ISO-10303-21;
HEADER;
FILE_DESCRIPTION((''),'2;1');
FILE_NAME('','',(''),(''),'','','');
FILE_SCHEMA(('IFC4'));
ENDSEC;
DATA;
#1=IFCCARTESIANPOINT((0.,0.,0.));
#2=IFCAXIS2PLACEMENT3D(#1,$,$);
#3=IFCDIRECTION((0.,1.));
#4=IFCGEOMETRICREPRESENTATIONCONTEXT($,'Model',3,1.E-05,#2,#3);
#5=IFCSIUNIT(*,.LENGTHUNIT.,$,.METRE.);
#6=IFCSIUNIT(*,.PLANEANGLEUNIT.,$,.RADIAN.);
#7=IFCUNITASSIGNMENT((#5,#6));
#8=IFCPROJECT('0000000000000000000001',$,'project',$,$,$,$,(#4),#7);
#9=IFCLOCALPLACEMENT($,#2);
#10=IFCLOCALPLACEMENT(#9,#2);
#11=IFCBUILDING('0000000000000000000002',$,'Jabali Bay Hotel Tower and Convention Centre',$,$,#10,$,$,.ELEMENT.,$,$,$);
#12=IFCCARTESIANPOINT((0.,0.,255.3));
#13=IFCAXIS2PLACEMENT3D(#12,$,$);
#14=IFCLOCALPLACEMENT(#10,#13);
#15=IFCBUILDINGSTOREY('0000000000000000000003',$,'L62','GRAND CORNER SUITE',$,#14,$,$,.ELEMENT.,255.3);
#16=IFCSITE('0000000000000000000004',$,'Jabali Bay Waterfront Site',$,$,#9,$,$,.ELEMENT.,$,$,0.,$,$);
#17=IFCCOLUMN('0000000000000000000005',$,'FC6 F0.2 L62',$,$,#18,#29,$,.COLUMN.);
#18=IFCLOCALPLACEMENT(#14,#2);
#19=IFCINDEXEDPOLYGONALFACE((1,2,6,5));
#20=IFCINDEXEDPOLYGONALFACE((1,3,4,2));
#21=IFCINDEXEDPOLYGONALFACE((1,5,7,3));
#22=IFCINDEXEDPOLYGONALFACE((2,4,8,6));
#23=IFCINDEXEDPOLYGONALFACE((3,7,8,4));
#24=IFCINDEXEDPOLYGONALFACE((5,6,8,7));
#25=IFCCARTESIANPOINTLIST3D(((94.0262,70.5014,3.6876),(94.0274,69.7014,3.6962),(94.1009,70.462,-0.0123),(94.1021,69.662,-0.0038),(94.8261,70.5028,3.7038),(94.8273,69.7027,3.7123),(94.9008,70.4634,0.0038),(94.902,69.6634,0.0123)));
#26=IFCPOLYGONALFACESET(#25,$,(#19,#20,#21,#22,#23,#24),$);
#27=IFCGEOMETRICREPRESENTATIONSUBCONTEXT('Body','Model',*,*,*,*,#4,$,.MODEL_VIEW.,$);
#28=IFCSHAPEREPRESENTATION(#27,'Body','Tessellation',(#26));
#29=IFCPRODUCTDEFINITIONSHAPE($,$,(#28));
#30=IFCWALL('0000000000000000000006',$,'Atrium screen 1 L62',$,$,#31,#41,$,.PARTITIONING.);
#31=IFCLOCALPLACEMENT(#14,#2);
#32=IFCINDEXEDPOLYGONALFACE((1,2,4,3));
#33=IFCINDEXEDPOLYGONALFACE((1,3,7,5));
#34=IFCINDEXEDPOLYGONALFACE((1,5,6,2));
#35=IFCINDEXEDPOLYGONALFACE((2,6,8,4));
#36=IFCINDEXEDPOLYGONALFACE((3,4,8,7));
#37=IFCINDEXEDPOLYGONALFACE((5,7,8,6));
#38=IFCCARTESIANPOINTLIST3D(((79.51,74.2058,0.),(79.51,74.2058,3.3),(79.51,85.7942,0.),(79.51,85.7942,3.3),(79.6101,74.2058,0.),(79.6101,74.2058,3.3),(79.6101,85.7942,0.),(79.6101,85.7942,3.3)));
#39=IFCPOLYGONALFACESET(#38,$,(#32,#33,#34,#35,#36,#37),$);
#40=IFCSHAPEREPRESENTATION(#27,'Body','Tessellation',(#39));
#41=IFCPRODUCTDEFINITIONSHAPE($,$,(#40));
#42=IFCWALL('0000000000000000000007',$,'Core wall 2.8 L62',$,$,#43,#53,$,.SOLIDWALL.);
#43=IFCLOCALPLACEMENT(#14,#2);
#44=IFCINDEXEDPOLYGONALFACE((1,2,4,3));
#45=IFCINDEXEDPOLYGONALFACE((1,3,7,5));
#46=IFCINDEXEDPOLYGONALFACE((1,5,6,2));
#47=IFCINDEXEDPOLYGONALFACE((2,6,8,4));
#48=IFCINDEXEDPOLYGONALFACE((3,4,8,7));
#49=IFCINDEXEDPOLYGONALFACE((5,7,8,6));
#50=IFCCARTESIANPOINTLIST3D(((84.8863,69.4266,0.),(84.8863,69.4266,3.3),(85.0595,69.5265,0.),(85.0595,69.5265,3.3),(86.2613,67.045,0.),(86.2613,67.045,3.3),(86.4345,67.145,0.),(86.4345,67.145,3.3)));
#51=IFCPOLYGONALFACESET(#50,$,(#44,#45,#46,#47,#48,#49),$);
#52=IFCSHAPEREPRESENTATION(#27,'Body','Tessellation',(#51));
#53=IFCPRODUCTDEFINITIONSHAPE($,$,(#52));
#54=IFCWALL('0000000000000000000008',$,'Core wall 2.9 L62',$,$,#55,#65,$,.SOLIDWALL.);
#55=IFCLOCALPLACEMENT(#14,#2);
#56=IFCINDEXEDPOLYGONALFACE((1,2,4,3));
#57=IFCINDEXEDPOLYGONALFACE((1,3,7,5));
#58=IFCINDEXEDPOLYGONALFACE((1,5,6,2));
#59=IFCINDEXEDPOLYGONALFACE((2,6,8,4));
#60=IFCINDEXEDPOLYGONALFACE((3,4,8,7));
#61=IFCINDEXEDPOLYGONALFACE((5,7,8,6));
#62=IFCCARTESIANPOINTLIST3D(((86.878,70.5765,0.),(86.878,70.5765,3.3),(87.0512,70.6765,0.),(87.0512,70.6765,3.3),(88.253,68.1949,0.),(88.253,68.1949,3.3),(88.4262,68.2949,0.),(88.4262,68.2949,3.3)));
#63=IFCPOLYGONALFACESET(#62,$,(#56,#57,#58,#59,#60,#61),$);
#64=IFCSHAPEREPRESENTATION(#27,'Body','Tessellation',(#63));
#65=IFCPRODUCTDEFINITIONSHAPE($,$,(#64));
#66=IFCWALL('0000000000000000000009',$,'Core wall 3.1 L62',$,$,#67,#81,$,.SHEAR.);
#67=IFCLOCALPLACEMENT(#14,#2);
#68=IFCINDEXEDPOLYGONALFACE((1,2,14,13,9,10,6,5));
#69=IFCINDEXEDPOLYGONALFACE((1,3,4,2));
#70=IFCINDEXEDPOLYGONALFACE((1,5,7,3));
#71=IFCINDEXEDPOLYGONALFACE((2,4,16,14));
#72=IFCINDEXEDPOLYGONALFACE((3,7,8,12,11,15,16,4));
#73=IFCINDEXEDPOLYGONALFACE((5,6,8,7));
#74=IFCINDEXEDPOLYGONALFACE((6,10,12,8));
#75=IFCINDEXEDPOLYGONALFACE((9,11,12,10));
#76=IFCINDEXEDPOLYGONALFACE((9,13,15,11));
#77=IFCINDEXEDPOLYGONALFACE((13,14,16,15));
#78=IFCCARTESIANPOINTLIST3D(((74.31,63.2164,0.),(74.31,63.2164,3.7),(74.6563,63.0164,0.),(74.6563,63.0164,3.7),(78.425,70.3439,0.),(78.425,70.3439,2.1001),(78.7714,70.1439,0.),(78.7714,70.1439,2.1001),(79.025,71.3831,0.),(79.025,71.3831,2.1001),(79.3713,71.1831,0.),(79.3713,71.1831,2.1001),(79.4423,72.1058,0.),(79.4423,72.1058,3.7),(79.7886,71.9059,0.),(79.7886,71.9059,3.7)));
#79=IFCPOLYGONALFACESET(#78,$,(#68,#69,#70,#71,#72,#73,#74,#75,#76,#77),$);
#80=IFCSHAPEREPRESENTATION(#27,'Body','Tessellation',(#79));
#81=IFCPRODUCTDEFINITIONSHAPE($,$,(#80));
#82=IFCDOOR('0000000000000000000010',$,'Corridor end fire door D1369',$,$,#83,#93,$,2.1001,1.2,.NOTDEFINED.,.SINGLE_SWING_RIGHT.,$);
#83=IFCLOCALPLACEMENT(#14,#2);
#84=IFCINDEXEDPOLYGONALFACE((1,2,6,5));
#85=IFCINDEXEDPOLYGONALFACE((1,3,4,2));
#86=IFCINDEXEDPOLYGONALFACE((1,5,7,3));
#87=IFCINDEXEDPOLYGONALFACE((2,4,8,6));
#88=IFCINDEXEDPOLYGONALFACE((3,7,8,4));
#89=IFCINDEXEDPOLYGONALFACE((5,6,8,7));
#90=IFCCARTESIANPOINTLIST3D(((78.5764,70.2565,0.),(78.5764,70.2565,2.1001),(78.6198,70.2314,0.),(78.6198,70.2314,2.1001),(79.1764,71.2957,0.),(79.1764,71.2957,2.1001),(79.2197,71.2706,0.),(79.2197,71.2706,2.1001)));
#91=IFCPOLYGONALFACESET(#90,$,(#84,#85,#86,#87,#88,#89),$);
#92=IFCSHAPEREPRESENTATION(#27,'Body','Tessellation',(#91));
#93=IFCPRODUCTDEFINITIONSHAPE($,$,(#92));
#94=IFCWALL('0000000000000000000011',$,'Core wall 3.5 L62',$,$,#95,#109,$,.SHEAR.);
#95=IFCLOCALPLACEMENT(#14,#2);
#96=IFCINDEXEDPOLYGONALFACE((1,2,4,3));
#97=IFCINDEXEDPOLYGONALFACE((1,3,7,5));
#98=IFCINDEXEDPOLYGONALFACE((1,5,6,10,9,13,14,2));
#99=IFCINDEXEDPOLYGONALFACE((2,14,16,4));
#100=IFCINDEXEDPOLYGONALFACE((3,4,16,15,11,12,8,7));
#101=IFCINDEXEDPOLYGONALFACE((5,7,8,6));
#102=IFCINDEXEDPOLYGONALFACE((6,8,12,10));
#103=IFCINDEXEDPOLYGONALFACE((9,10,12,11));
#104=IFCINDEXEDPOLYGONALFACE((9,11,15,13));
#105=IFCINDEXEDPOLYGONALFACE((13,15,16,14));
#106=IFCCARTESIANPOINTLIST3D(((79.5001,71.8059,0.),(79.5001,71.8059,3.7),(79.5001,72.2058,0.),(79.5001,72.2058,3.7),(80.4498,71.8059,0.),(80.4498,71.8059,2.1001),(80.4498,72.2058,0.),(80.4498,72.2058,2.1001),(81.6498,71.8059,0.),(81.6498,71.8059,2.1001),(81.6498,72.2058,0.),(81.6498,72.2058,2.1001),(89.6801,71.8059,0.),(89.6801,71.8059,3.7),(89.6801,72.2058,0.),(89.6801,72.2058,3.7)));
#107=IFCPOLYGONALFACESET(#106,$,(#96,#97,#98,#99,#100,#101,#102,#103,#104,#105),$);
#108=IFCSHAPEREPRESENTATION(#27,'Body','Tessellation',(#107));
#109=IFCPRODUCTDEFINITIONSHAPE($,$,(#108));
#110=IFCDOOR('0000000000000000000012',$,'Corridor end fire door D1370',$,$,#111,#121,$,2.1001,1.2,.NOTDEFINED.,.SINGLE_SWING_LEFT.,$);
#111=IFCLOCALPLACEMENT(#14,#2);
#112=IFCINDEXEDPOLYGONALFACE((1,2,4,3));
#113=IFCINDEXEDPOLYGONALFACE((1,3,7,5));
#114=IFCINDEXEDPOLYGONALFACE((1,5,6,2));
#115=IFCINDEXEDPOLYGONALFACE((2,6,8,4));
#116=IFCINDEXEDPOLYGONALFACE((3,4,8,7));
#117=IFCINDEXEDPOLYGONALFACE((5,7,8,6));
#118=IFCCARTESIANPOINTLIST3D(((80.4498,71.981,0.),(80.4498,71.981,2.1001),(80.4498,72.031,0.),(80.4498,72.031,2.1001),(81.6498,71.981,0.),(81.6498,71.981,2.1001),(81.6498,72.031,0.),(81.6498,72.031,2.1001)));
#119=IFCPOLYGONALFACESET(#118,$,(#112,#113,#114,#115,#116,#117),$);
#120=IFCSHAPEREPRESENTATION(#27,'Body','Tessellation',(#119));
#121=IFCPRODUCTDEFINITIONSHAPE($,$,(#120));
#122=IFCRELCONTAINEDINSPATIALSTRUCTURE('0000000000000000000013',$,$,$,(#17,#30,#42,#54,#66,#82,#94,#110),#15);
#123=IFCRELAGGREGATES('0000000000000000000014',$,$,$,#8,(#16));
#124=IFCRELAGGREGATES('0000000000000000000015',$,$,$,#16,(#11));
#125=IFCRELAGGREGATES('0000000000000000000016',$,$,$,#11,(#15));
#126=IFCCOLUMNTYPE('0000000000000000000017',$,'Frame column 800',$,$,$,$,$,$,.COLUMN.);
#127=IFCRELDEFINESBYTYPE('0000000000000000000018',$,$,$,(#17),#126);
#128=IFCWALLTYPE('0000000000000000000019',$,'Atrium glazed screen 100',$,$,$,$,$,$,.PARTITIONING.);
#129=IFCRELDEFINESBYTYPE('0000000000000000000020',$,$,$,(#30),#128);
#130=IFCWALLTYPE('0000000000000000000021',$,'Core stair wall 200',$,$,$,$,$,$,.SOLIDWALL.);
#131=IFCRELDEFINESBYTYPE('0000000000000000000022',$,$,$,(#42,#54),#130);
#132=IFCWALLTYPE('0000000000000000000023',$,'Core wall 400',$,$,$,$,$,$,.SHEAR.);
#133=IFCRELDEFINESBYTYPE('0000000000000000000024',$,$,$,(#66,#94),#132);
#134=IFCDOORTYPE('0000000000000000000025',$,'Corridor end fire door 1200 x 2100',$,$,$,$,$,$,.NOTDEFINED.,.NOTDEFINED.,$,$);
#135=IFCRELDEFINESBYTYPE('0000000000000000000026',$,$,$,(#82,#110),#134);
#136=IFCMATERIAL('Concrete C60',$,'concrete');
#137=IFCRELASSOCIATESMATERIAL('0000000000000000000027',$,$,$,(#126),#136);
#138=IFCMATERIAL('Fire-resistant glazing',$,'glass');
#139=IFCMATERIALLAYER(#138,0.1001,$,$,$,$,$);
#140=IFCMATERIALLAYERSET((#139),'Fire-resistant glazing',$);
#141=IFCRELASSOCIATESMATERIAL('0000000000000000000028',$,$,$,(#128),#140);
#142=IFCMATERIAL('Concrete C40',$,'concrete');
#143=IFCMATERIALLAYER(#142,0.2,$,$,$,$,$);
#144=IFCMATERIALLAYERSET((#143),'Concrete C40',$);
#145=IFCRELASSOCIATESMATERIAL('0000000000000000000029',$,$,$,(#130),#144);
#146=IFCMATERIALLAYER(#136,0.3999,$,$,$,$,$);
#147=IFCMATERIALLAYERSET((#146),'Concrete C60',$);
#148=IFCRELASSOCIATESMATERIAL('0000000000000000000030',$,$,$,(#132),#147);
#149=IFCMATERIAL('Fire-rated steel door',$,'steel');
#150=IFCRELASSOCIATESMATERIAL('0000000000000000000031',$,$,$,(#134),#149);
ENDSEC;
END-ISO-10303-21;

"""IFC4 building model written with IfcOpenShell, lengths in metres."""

from ifc_helpers import new_model, si_unit, direction, frame, frame_2d, origin, origin_2d, place, context, subcontext, project, spatial, rectangle, extrude, material, layer, layer_set, material_profile, profile_set, type_object, element, fill, save


model = new_model("IFC4")

# Units and contexts
model_context = context("Model", 3, precision=1e-05, world=origin(), true_north=direction((0.0, 1.0)))
body_context = subcontext(model_context, "Body", "Model", "MODEL_VIEW")
ifc_project = project(units=[si_unit("LENGTHUNIT", "METRE"), si_unit("PLANEANGLEUNIT", "RADIAN")], contexts=[model_context])

# Site, building, storey
site_placement = place(None, origin())
site = spatial("IfcSite", under=ifc_project, at=site_placement, Name="Jabali Bay Waterfront Site", CompositionType="ELEMENT", RefElevation=0.0)
building_placement = place(site_placement, origin())
building = spatial("IfcBuilding", under=site, at=building_placement, Name="Jabali Bay Hotel Tower and Convention Centre", CompositionType="ELEMENT")
storey_placement = place(building_placement, frame((0.0, 0.0, 255.3)))
storey = spatial("IfcBuildingStorey", under=building, at=storey_placement, Name="L62", Description="GRAND CORNER SUITE", CompositionType="ELEMENT", Elevation=255.3)

# Column
ifc_material_1 = material(Name="Concrete C60", Category="concrete")
ifc_material_profile = material_profile(ifc_material_1, rectangle(XDim=0.8, YDim=0.8, at=origin_2d()), Name="Frame column 800")
ifc_profile_set = profile_set([ifc_material_profile], Name="Concrete C60")
column_type = type_object("IfcColumnType", Name="Frame column 800", PredefinedType="COLUMN", material=ifc_profile_set)
column_placement = place(storey_placement, frame((94.5015, 70.0627, 0.0), z_axis=(-0.020186, 0.010621, 0.99974), x_axis=(0.001533, -0.999942, 0.010654)))
element("IfcColumn", 1, at=column_placement, inside=storey, type_object=column_type, Name="FC6 F0.2 L62", PredefinedType="COLUMN", context=body_context, shape_type="SweptSolid", body=[
    extrude(rectangle(XDim=0.8, YDim=0.8, at=origin_2d()), origin(), (0.0, 0.0, 1.0), 3.7009),
])

# Walls
ifc_material_2 = material(Name="Fire-resistant glazing", Category="glass")
ifc_layer_1 = layer(ifc_material_2, 0.1001)
ifc_layer_set_1 = layer_set([ifc_layer_1], Name="Fire-resistant glazing")
wall_type_1 = type_object("IfcWallType", Name="Atrium glazed screen 100", PredefinedType="PARTITIONING", material=ifc_layer_set_1)
wall_1_placement = place(storey_placement, frame((79.5601, 74.2058, 0.0), z_axis=(0.0, 0.0, 1.0), x_axis=(0.0, 1.0, 0.0)))
element("IfcWall", 2, at=wall_1_placement, inside=storey, type_object=wall_type_1, Name="Atrium screen 1 L62", PredefinedType="PARTITIONING", context=body_context, shape_type="SweptSolid", body=[
    extrude(rectangle(XDim=11.5884, YDim=0.1001, at=frame_2d((5.7942, 0.0))), origin(), (0.0, 0.0, 1.0), 3.3),
])
ifc_material_3 = material(Name="Concrete C40", Category="concrete")
ifc_layer_2 = layer(ifc_material_3, 0.2)
ifc_layer_set_2 = layer_set([ifc_layer_2], Name="Concrete C40")
wall_type_2 = type_object("IfcWallType", Name="Core stair wall 200", PredefinedType="SOLIDWALL", material=ifc_layer_set_2)
for number, where, z_axis, x_axis, name in (
    (3, (84.9729, 69.4766, 0.0), (0.0, 0.0, 1.0), (0.499997, -0.866027, 0.0), "Core wall 2.8 L62"),
    (4, (86.9646, 70.6265, 0.0), (0.0, 0.0, 1.0), (0.499997, -0.866027, 0.0), "Core wall 2.9 L62"),
):
    element("IfcWall", number, at=place(storey_placement, frame(where, z_axis=z_axis, x_axis=x_axis)), inside=storey, type_object=wall_type_2, Name=name, PredefinedType="SOLIDWALL", context=body_context, shape_type="SweptSolid", body=[
        extrude(rectangle(XDim=2.75, YDim=0.2, at=frame_2d((1.375, 0.0))), origin(), (0.0, 0.0, 1.0), 3.3),
    ])

# Walls, openings, doors
ifc_layer_3 = layer(ifc_material_1, 0.3999)
ifc_layer_set_3 = layer_set([ifc_layer_3], Name="Concrete C60")
wall_type_3 = type_object("IfcWallType", Name="Core wall 400", PredefinedType="SHEAR", material=ifc_layer_set_3)
wall_2_placement = place(storey_placement, frame((79.6155, 72.0059, 0.0), z_axis=(0.0, 0.0, 1.0), x_axis=(-0.500002, -0.866024, 0.0)))
wall_2 = element("IfcWall", 5, at=wall_2_placement, inside=storey, type_object=wall_type_3, Name="Core wall 3.1 L62", PredefinedType="SHEAR", context=body_context, shape_type="SweptSolid", body=[
    extrude(rectangle(XDim=10.2646, YDim=0.3999, at=frame_2d((5.1323, 0.0))), origin(), (0.0, 0.0, 1.0), 3.7),
])
opening_1_placement = place(wall_2_placement, frame((0.8345, 0.0, 0.0)))
opening_1 = element("IfcOpeningElement", 6, at=opening_1_placement, cuts=wall_2, PredefinedType="OPENING", context=body_context, shape_type="SweptSolid", body=[
    extrude(rectangle(XDim=1.2, YDim=2.1001, at=frame_2d((0.6001, 1.05))), frame((0.0, 0.2104, 0.0), z_axis=(0.0, -1.0, 0.0), x_axis=(1.0, 0.0, 0.0)), (0.0, 0.0, 1.0), 0.4209),
])
ifc_material_4 = material(Name="Fire-rated steel door", Category="steel")
door_type_1 = type_object("IfcDoorType", Name="Corridor end fire door 1200 x 2100", OperationType="NOTDEFINED", PredefinedType="NOTDEFINED", material=ifc_material_4)
door_1_placement = place(opening_1_placement, origin())
door_1 = element("IfcDoor", 7, at=door_1_placement, inside=storey, type_object=door_type_1, Name="Corridor end fire door D1369", OperationType="SINGLE_SWING_RIGHT", OverallHeight=2.1001, OverallWidth=1.2, PredefinedType="NOTDEFINED", context=body_context, shape_type="SweptSolid", body=[
    extrude(rectangle(XDim=1.2, YDim=2.1001, at=frame_2d((0.6001, 1.05))), frame((0.0, 0.0249, 0.0), z_axis=(0.0, -1.0, 0.0), x_axis=(1.0, 0.0, 0.0)), (0.0, 0.0, 1.0), 0.05),
])
fill(opening_1, door_1)
wall_3_placement = place(storey_placement, frame((89.6799, 72.0059, 0.0), z_axis=(0.0, 0.0, 1.0), x_axis=(-1.0, 0.0, 0.0)))
wall_3 = element("IfcWall", 8, at=wall_3_placement, inside=storey, type_object=wall_type_3, Name="Core wall 3.5 L62", PredefinedType="SHEAR", context=body_context, shape_type="SweptSolid", body=[
    extrude(rectangle(XDim=10.1799, YDim=0.3999, at=frame_2d((5.0898, 0.0))), origin(), (0.0, 0.0, 1.0), 3.7),
])
opening_2_placement = place(wall_3_placement, frame((8.03, 0.0, 0.0)))
opening_2 = element("IfcOpeningElement", 9, at=opening_2_placement, cuts=wall_3, PredefinedType="OPENING", context=body_context, shape_type="SweptSolid", body=[
    extrude(rectangle(XDim=1.2, YDim=2.1001, at=frame_2d((0.6001, 1.05))), frame((0.0, 0.2104, 0.0), z_axis=(0.0, -1.0, 0.0), x_axis=(1.0, 0.0, 0.0)), (0.0, 0.0, 1.0), 0.4209),
])
door_2_placement = place(opening_2_placement, origin())
door_2 = element("IfcDoor", 10, at=door_2_placement, inside=storey, type_object=door_type_1, Name="Corridor end fire door D1370", OperationType="SINGLE_SWING_LEFT", OverallHeight=2.1001, OverallWidth=1.2, PredefinedType="NOTDEFINED", context=body_context, shape_type="SweptSolid", body=[
    extrude(rectangle(XDim=1.2, YDim=2.1001, at=frame_2d((0.6001, 1.05))), frame((0.0, 0.0249, 0.0), z_axis=(0.0, -1.0, 0.0), x_axis=(1.0, 0.0, 0.0)), (0.0, 0.0, 1.0), 0.05),
])
fill(opening_2, door_2)

save(model, "model.ifc")
